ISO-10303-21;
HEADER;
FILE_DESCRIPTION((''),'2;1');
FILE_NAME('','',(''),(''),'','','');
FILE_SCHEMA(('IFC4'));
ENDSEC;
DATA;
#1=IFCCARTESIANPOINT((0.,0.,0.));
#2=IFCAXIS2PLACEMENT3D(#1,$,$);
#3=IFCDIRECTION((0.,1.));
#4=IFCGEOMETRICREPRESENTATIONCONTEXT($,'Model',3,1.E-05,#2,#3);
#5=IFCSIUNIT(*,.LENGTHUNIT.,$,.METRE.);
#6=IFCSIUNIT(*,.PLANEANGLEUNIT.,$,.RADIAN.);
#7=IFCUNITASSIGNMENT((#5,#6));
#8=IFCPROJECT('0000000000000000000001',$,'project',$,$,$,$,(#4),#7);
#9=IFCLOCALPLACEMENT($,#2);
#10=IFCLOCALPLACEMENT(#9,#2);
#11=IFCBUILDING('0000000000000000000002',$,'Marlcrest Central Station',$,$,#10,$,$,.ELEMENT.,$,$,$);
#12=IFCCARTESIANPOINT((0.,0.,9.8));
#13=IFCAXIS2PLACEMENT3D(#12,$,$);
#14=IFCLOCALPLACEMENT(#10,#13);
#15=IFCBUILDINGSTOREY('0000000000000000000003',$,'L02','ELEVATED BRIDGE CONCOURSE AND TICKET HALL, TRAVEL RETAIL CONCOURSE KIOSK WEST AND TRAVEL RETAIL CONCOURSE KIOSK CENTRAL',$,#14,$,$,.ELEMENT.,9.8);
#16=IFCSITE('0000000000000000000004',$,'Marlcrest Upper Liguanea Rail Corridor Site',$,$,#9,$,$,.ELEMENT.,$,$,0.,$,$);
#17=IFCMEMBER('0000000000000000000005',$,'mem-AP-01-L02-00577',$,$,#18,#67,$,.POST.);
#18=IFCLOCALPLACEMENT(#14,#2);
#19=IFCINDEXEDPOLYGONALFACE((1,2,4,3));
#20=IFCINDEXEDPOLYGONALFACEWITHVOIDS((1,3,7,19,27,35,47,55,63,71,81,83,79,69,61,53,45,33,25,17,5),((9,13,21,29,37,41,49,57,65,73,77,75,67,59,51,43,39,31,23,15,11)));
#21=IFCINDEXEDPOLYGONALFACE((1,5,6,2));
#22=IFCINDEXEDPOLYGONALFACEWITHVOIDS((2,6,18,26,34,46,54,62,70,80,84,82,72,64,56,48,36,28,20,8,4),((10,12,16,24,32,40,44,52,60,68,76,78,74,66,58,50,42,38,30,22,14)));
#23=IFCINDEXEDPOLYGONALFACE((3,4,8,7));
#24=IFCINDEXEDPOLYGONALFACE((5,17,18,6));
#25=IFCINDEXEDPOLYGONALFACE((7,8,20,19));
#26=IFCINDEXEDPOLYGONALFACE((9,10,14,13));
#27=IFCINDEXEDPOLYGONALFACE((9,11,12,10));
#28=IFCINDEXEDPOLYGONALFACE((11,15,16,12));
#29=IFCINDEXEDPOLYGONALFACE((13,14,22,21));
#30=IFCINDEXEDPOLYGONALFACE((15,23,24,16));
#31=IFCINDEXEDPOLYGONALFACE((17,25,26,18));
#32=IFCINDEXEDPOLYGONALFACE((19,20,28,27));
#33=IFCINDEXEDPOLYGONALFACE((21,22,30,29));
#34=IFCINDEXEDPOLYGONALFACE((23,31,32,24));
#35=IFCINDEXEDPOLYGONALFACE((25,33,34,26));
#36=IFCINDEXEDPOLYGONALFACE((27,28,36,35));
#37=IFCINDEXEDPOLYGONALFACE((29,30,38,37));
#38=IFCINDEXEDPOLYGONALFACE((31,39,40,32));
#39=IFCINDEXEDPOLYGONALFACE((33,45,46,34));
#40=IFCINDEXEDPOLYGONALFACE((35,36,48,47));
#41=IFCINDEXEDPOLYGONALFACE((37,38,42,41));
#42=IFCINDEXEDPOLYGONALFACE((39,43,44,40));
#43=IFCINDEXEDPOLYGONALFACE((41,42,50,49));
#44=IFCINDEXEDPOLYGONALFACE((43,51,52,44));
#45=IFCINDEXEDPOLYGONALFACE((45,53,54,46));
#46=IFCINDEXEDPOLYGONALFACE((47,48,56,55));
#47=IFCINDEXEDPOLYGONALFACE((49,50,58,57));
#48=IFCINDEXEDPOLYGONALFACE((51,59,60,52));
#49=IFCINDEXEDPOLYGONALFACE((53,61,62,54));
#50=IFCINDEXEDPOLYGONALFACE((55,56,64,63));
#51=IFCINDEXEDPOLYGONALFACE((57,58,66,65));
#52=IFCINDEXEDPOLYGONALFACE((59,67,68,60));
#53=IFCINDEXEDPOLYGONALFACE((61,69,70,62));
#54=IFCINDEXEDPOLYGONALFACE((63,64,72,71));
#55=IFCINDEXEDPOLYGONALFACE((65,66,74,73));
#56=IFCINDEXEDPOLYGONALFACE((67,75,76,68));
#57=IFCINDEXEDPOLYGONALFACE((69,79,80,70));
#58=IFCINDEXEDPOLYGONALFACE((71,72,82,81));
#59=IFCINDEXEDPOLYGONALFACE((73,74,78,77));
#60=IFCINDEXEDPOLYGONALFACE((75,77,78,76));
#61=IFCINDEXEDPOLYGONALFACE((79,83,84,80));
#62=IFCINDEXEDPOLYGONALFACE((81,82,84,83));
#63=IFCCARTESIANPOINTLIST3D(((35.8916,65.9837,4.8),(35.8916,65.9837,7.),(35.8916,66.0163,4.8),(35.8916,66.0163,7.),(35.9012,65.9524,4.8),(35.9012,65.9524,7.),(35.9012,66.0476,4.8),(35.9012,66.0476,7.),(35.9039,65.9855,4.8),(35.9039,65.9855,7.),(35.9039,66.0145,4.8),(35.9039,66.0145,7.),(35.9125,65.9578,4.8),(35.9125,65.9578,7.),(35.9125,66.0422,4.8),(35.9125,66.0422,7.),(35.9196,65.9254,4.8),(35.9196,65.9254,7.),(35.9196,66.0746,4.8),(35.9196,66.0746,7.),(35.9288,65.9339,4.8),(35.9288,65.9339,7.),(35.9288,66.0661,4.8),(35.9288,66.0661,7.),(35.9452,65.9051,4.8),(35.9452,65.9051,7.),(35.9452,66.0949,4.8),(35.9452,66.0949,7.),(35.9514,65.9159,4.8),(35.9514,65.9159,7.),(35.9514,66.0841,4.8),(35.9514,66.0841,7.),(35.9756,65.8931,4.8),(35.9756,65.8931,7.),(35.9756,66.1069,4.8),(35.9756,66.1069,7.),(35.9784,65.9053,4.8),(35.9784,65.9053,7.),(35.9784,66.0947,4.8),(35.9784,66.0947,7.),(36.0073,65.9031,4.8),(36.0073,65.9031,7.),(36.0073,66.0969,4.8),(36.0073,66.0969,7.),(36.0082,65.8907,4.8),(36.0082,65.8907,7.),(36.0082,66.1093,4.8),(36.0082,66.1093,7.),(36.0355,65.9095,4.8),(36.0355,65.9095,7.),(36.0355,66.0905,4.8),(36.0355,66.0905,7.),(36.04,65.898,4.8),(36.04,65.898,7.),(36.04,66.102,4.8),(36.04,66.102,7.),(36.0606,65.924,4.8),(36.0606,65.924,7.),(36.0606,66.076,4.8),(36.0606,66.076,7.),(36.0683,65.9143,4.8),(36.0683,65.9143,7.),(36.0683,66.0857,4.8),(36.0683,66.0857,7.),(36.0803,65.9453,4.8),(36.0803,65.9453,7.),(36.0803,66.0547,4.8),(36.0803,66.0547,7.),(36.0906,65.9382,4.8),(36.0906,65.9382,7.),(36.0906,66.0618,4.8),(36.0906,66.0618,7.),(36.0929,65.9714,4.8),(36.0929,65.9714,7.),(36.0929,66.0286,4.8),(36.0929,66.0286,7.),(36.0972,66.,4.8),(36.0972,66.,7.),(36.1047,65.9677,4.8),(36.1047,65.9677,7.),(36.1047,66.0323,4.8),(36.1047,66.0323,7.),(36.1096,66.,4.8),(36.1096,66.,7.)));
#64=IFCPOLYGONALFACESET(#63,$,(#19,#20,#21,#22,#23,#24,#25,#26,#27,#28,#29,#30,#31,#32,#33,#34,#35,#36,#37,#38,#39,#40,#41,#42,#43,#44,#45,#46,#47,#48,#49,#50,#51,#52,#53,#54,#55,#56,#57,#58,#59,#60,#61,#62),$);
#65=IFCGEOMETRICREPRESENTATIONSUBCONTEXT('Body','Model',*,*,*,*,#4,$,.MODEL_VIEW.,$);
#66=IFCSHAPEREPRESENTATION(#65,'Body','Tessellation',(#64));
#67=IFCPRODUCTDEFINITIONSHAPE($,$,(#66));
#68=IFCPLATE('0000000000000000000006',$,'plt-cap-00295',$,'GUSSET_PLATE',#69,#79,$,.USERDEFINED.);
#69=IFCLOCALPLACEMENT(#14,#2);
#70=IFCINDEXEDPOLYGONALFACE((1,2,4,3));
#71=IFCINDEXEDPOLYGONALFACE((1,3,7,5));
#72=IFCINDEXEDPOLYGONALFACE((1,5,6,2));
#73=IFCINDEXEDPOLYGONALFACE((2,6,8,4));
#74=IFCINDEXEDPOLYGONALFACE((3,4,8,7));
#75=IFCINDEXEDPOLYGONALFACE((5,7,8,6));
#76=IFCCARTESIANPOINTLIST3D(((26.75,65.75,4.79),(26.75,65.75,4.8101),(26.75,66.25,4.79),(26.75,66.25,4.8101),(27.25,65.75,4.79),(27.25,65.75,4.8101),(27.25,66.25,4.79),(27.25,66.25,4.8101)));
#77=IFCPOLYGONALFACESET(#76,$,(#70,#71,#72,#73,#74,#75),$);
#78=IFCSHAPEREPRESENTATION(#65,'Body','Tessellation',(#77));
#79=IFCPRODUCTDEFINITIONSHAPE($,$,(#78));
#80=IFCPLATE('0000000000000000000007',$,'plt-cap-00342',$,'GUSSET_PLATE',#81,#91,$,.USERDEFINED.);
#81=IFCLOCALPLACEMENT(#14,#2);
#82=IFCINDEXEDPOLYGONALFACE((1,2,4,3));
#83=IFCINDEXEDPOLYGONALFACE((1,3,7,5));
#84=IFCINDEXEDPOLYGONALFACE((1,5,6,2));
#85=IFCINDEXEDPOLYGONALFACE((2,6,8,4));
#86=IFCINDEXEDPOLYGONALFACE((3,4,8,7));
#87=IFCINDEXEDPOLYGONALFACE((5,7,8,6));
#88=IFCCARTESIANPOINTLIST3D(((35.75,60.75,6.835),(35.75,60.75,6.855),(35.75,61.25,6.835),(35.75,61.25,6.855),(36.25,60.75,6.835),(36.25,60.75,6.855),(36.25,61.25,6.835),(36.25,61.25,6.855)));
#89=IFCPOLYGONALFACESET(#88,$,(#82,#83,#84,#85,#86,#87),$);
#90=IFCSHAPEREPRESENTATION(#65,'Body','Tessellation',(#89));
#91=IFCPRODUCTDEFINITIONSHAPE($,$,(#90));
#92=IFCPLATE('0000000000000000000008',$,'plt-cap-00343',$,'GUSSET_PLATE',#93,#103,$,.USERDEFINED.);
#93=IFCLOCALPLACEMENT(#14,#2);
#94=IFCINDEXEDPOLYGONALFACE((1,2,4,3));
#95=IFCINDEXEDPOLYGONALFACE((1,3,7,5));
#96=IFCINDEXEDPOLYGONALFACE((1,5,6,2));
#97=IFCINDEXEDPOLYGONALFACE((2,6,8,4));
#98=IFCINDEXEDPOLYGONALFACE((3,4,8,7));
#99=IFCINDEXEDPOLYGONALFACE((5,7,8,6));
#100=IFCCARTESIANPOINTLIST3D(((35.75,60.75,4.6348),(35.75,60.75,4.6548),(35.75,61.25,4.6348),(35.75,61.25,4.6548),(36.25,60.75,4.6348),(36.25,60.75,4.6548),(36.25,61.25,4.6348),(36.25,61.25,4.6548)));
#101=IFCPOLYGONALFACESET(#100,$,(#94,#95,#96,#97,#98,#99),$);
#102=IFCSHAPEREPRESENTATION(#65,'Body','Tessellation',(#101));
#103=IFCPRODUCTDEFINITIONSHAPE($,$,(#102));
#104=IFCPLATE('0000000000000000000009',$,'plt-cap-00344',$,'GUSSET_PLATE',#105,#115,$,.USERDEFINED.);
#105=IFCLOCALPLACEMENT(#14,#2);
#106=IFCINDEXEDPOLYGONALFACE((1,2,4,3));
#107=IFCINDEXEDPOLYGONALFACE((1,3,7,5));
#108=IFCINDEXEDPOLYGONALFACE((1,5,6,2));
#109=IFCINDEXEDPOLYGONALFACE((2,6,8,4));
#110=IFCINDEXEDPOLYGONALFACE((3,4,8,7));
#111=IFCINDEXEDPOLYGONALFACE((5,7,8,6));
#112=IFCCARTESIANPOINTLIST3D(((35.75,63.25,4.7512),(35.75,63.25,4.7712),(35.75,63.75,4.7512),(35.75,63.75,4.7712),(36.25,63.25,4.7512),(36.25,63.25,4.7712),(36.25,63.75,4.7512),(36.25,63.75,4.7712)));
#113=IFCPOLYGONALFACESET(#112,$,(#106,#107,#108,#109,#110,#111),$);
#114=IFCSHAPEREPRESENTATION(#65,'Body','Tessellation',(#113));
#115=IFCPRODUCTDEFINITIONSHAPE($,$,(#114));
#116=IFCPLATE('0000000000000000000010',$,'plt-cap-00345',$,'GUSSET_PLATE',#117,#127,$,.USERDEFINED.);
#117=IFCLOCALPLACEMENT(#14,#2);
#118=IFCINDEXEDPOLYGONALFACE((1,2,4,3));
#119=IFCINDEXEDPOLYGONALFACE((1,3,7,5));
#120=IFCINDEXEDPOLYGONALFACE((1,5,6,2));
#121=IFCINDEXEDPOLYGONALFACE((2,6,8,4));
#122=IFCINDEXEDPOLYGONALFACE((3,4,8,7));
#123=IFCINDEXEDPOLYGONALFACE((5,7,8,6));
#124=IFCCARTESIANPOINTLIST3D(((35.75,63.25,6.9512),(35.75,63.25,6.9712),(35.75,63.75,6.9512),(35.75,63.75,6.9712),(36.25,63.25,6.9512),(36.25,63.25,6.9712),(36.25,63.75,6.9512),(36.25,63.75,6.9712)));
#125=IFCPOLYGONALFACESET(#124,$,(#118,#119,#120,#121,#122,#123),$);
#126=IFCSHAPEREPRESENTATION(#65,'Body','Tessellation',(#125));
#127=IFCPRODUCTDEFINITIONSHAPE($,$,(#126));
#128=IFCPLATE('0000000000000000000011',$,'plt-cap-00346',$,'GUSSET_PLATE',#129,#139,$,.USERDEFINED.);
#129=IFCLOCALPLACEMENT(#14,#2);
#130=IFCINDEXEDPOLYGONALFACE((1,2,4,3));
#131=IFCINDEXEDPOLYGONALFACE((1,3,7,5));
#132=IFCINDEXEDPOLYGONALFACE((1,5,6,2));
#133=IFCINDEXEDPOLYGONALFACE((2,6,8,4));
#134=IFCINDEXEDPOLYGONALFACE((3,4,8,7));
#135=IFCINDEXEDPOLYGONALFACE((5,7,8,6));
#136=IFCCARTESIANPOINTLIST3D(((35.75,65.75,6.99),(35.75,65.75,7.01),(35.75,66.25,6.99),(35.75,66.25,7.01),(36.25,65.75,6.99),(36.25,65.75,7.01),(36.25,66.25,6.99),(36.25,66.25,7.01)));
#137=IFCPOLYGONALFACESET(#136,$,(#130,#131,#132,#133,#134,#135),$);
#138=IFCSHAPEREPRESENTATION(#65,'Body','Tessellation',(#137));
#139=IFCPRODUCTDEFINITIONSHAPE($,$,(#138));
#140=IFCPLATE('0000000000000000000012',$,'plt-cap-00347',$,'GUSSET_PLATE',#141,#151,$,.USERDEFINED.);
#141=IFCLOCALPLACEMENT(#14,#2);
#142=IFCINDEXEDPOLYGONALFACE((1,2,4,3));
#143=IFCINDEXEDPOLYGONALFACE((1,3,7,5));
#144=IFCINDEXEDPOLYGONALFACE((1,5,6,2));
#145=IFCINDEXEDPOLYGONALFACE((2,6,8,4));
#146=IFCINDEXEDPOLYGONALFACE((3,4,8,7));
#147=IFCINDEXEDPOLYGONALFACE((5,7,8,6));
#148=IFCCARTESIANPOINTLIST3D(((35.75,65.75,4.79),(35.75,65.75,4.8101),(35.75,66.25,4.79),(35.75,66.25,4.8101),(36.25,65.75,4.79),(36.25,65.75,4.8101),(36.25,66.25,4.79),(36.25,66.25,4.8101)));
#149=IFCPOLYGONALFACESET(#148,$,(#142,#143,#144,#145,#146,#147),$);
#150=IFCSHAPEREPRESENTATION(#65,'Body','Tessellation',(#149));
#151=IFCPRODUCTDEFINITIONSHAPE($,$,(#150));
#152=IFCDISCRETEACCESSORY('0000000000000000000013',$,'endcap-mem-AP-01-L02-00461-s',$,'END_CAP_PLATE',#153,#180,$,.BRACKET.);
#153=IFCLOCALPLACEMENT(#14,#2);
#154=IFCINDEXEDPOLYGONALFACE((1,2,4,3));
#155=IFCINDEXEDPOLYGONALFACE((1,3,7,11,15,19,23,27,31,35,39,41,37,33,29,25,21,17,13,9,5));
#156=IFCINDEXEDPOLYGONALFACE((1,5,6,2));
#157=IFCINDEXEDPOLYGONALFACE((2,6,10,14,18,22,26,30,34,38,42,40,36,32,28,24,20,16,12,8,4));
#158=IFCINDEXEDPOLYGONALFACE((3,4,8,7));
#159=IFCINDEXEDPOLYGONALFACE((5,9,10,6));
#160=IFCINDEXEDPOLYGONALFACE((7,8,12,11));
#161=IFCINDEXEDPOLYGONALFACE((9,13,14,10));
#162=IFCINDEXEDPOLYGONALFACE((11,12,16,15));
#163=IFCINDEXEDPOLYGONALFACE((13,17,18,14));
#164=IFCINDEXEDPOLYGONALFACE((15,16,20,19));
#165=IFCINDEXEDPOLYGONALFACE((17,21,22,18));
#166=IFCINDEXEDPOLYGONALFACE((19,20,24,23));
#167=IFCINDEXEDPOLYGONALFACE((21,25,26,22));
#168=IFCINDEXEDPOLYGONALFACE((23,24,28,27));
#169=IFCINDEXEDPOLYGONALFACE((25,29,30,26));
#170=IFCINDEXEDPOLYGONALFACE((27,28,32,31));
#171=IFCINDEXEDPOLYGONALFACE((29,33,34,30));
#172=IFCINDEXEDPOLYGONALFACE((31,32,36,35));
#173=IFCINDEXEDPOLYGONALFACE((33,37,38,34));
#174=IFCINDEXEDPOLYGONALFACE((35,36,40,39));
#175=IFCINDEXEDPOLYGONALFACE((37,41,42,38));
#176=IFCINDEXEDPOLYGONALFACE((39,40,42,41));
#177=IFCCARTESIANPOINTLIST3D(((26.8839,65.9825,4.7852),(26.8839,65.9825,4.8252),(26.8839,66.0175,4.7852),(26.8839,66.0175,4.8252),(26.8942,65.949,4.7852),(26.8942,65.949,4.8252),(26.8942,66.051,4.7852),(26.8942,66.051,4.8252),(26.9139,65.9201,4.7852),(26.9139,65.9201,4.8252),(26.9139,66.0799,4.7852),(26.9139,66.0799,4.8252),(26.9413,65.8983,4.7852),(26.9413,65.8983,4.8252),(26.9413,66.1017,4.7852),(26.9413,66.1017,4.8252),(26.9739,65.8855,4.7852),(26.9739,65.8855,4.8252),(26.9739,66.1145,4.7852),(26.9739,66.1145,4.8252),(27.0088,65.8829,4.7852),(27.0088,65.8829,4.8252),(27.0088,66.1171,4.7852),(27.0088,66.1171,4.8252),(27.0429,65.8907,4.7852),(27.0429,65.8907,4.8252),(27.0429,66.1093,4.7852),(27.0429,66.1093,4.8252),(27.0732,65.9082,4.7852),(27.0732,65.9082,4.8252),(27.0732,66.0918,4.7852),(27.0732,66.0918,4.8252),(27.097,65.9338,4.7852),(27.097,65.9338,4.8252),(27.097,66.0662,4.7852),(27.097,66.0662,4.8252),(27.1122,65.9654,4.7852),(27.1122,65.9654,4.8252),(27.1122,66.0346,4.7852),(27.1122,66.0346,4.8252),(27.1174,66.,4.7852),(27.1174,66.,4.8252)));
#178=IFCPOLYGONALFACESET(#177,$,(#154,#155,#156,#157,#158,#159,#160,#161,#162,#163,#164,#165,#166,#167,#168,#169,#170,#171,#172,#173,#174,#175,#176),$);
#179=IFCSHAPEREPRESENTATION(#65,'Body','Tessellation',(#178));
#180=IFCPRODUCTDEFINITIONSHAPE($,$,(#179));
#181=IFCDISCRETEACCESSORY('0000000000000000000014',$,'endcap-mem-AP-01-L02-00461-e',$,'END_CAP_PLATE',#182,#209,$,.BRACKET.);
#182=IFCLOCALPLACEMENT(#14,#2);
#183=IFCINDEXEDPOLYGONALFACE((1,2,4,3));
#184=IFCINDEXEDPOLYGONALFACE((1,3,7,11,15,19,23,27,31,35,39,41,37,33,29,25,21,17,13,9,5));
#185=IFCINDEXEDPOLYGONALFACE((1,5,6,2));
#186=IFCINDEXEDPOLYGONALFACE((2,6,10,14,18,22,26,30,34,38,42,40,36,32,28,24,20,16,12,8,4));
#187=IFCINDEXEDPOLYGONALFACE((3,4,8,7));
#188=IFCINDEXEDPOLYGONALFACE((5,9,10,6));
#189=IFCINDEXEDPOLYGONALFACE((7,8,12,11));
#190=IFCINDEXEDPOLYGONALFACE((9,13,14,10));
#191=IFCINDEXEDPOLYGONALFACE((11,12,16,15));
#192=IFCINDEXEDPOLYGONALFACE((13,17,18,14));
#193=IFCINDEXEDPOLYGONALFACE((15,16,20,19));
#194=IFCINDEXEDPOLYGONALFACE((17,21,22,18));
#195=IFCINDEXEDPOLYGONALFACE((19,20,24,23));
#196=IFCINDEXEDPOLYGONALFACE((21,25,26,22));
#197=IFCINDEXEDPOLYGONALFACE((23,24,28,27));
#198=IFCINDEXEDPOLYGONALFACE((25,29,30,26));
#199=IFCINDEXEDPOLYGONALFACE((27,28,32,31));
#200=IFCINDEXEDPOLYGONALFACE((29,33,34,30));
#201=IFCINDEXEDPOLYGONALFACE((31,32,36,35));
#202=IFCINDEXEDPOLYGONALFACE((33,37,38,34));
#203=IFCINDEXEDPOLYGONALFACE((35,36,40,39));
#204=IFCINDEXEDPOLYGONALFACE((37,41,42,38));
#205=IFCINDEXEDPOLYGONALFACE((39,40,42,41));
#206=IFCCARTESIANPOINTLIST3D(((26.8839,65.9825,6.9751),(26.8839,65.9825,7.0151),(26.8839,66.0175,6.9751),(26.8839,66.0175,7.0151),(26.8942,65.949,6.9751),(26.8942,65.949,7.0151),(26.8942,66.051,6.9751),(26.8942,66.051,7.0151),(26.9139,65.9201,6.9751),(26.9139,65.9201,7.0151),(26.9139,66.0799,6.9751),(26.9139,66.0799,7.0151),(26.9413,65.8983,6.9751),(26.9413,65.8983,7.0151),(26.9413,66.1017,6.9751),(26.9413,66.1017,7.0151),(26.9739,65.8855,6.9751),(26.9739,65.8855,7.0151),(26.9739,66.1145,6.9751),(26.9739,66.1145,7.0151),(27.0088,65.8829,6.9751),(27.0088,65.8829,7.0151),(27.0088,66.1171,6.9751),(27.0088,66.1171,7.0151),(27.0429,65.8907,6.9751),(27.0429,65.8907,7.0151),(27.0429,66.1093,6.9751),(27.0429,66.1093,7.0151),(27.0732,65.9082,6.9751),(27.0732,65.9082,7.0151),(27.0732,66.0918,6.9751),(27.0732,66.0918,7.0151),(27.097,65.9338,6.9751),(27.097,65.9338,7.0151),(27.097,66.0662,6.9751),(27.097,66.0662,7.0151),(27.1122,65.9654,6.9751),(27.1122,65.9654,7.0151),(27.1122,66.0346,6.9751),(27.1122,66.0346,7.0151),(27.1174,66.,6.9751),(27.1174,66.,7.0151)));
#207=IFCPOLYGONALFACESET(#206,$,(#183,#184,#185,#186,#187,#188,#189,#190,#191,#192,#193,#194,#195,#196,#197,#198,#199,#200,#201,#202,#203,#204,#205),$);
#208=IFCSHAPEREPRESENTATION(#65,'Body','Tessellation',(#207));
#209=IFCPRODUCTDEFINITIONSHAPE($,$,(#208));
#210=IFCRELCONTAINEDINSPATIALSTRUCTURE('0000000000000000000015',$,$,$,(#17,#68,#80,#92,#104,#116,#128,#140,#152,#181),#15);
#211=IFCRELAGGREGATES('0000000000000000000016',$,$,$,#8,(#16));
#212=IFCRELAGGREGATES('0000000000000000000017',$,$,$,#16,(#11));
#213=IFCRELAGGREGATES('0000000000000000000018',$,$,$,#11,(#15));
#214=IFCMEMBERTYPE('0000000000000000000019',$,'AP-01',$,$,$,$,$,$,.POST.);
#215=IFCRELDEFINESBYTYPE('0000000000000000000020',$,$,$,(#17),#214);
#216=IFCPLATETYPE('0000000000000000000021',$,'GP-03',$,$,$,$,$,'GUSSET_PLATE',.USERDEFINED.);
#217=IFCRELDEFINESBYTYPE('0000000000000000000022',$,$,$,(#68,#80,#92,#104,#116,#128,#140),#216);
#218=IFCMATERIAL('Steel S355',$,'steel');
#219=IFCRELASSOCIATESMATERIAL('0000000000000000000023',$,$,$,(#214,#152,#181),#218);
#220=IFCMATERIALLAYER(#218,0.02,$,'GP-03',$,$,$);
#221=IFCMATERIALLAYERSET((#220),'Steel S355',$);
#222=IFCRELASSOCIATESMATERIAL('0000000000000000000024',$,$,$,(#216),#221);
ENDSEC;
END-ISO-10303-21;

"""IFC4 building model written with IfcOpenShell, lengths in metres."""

from ifc_helpers import new_model, si_unit, direction, frame, origin, origin_2d, place, context, subcontext, project, spatial, rectangle, circle, hollow_circle, extrude, material, layer, layer_set, material_profile, profile_set, type_object, element, save


model = new_model("IFC4")

# Units and contexts
model_context = context("Model", 3, precision=1e-05, world=origin(), true_north=direction((0.0, 1.0)))
body_context = subcontext(model_context, "Body", "Model", "MODEL_VIEW")
ifc_project = project(units=[si_unit("LENGTHUNIT", "METRE"), si_unit("PLANEANGLEUNIT", "RADIAN")], contexts=[model_context])

# Site, building, storey
site_placement = place(None, origin())
site = spatial("IfcSite", under=ifc_project, at=site_placement, Name="Marlcrest Upper Liguanea Rail Corridor Site", CompositionType="ELEMENT", RefElevation=0.0)
building_placement = place(site_placement, origin())
building = spatial("IfcBuilding", under=site, at=building_placement, Name="Marlcrest Central Station", CompositionType="ELEMENT")
storey_placement = place(building_placement, frame((0.0, 0.0, 9.8)))
storey = spatial("IfcBuildingStorey", under=building, at=storey_placement, Name="L02", Description="ELEVATED BRIDGE CONCOURSE AND TICKET HALL, TRAVEL RETAIL CONCOURSE KIOSK WEST AND TRAVEL RETAIL CONCOURSE KIOSK CENTRAL", CompositionType="ELEMENT", Elevation=9.8)

# Member
ifc_material = material(Name="Steel S355", Category="steel")
ifc_material_profile_1 = material_profile(ifc_material, hollow_circle(Radius=0.1096, WallThickness=0.0125, at=origin_2d()), Name="CHS 219.1x12.5")
ifc_profile_set_1 = profile_set([ifc_material_profile_1], Name="Steel S355")
member_type_1 = type_object("IfcMemberType", Name="AP-01", PredefinedType="POST", material=ifc_profile_set_1)
for number, where, z_axis, x_axis, name in (
    (1, (36.0, 66.0, 4.8), (0.0, 0.0, 1.0), (1.0, 0.0, 0.0), "mem-AP-01-L02-00577"),
):
    element("IfcMember", number, at=place(storey_placement, frame(where, z_axis=z_axis, x_axis=x_axis)), inside=storey, type_object=member_type_1, Name=name, PredefinedType="POST", context=body_context, shape_type="SweptSolid", body=[
        extrude(hollow_circle(Radius=0.1096, WallThickness=0.0125, at=origin_2d()), origin(), (0.0, 0.0, 1.0), 2.2),
    ])

# Plates
ifc_layer = layer(ifc_material, 0.02, Name="GP-03")
ifc_layer_set = layer_set([ifc_layer], Name="Steel S355")
plate_type = type_object("IfcPlateType", Name="GP-03", ElementType="GUSSET_PLATE", PredefinedType="USERDEFINED", material=ifc_layer_set)
for number, where, z_axis, x_axis, name in (
    (2, (27.0, 66.0, 4.79), (0.0, 0.0, 1.0), (1.0, 0.0, 0.0), "plt-cap-00295"),
    (3, (36.0, 61.0, 6.835), (0.0, 0.0, 1.0), (1.0, 0.0, 0.0), "plt-cap-00342"),
    (4, (36.0, 61.0, 4.6348), (0.0, 0.0, 1.0), (1.0, 0.0, 0.0), "plt-cap-00343"),
    (5, (36.0, 63.5, 4.7512), (0.0, 0.0, 1.0), (1.0, 0.0, 0.0), "plt-cap-00344"),
    (6, (36.0, 63.5, 6.9512), (0.0, 0.0, 1.0), (1.0, 0.0, 0.0), "plt-cap-00345"),
    (7, (36.0, 66.0, 6.99), (0.0, 0.0, 1.0), (1.0, 0.0, 0.0), "plt-cap-00346"),
    (8, (36.0, 66.0, 4.79), (0.0, 0.0, 1.0), (1.0, 0.0, 0.0), "plt-cap-00347"),
):
    element("IfcPlate", number, at=place(storey_placement, frame(where, z_axis=z_axis, x_axis=x_axis)), inside=storey, type_object=plate_type, Name=name, ObjectType="GUSSET_PLATE", PredefinedType="USERDEFINED", context=body_context, shape_type="SweptSolid", body=[
        extrude(rectangle(XDim=0.5, YDim=0.5, at=origin_2d()), origin(), (0.0, 0.0, 1.0), 0.02),
    ])

# Discrete accessories
for number, where, z_axis, x_axis, name in (
    (9, (27.0, 66.0, 4.7852), (0.0, 0.0, 1.0), (1.0, 0.0, 0.0), "endcap-mem-AP-01-L02-00461-s"),
    (10, (27.0, 66.0, 6.9751), (0.0, 0.0, 1.0), (1.0, 0.0, 0.0), "endcap-mem-AP-01-L02-00461-e"),
):
    element("IfcDiscreteAccessory", number, at=place(storey_placement, frame(where, z_axis=z_axis, x_axis=x_axis)), inside=storey, material=ifc_material, Name=name, ObjectType="END_CAP_PLATE", PredefinedType="BRACKET", context=body_context, shape_type="SweptSolid", body=[
        extrude(circle(Radius=0.1174, at=origin_2d()), origin(), (0.0, 0.0, 1.0), 0.04),
    ])

save(model, "model.ifc")
